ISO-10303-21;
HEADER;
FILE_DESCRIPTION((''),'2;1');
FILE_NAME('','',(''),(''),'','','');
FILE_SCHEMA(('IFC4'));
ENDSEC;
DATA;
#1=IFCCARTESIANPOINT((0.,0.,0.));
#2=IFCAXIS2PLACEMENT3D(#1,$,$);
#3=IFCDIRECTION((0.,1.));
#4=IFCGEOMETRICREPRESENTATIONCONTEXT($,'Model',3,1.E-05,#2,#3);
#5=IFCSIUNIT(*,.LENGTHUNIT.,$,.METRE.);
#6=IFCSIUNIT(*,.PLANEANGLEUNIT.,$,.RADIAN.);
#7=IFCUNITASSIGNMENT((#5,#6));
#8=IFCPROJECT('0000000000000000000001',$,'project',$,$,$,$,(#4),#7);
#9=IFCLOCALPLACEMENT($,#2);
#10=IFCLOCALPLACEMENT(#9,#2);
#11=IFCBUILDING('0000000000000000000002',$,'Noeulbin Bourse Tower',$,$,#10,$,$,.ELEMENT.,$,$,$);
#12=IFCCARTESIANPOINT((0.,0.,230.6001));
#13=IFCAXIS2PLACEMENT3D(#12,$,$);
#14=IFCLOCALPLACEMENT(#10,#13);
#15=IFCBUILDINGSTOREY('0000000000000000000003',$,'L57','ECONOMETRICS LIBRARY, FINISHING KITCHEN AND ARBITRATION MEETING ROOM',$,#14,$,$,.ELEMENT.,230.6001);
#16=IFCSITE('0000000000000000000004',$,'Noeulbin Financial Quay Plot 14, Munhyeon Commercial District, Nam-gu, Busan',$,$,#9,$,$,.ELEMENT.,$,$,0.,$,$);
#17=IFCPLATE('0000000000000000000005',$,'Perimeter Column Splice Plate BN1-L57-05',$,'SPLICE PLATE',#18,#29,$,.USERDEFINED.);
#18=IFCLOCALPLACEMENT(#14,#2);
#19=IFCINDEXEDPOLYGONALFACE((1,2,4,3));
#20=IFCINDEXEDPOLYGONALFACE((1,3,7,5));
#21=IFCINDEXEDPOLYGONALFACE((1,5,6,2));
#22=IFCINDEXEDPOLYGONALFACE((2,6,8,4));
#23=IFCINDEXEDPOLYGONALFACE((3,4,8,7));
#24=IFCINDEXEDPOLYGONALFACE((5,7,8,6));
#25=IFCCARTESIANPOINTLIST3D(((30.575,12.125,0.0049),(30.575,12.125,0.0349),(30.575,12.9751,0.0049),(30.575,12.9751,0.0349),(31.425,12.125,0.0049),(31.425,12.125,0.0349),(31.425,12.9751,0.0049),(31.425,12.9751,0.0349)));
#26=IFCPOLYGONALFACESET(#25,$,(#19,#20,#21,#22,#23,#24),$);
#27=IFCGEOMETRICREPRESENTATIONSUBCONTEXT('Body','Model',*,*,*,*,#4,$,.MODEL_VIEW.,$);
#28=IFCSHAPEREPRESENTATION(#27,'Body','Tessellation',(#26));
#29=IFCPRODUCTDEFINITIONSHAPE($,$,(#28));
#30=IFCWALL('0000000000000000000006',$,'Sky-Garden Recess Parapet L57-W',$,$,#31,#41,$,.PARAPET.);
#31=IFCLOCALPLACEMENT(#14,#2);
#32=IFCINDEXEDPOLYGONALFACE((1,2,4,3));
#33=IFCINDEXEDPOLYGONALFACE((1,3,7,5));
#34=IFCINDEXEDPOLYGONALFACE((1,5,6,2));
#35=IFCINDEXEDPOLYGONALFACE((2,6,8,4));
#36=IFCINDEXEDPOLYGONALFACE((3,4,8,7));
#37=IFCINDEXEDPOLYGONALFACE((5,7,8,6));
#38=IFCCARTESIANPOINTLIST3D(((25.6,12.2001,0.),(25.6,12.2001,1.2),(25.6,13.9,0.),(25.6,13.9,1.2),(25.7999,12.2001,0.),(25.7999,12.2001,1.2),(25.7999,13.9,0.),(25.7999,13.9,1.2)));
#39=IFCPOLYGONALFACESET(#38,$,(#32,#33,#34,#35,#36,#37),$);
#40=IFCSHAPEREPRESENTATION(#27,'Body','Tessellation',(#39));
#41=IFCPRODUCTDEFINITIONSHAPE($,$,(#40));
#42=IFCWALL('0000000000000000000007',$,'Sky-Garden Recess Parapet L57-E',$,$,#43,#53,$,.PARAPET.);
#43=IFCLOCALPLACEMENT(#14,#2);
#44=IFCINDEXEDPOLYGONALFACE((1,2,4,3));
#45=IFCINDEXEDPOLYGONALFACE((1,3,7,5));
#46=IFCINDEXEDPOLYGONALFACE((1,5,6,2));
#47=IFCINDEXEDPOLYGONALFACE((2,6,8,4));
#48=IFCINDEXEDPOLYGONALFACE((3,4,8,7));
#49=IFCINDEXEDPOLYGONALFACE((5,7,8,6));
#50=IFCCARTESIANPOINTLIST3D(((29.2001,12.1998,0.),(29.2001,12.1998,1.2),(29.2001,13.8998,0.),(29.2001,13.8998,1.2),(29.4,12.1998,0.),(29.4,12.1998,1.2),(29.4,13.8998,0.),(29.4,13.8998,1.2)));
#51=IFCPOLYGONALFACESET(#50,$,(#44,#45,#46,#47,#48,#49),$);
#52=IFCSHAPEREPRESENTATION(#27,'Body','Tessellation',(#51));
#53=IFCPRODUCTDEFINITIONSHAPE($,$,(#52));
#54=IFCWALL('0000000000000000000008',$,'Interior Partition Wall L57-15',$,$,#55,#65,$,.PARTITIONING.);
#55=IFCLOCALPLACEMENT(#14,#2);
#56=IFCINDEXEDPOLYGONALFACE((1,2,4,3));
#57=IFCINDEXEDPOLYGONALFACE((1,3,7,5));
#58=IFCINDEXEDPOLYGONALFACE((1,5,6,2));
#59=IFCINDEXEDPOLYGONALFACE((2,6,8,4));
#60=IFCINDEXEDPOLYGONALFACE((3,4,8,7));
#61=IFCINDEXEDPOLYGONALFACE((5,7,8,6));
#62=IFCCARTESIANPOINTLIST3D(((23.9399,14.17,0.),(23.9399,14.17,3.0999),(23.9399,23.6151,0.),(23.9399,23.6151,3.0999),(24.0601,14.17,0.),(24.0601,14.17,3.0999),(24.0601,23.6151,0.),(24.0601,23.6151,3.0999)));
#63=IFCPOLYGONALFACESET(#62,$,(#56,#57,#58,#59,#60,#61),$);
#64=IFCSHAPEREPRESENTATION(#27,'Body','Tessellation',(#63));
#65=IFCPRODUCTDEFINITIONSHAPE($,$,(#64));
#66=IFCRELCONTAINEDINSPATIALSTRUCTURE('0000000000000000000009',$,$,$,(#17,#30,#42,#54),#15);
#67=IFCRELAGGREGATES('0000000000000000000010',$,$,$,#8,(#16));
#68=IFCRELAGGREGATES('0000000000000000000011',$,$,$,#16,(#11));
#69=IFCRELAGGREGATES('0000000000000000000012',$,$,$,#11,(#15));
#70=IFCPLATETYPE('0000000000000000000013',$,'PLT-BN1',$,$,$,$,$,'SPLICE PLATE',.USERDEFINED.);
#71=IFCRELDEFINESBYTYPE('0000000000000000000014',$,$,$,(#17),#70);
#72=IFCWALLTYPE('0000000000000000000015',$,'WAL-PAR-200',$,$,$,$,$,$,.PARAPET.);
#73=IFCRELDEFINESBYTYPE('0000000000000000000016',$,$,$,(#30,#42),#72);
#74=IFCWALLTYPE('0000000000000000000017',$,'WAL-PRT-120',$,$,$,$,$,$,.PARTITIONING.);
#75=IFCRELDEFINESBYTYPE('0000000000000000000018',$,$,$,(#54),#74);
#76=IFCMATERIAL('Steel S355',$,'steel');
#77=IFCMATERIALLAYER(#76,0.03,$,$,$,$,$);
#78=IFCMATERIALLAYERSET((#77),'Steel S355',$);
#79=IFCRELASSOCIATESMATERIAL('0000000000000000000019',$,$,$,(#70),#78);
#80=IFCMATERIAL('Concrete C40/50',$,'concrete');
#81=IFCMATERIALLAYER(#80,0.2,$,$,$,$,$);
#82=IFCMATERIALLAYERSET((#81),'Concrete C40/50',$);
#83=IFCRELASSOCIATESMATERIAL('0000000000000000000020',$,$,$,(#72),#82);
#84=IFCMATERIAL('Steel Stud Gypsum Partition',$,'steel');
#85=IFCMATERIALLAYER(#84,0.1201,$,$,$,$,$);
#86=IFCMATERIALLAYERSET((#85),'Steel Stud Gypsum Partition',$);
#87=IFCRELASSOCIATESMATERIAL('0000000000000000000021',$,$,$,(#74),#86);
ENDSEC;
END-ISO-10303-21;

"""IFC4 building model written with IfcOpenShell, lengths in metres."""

from ifc_helpers import new_model, si_unit, direction, frame, frame_2d, origin, origin_2d, place, context, subcontext, project, spatial, rectangle, extrude, material, layer, layer_set, type_object, element, save


model = new_model("IFC4")

# Units and contexts
model_context = context("Model", 3, precision=1e-05, world=origin(), true_north=direction((0.0, 1.0)))
body_context = subcontext(model_context, "Body", "Model", "MODEL_VIEW")
ifc_project = project(units=[si_unit("LENGTHUNIT", "METRE"), si_unit("PLANEANGLEUNIT", "RADIAN")], contexts=[model_context])

# Site, building, storey
site_placement = place(None, origin())
site = spatial("IfcSite", under=ifc_project, at=site_placement, Name="Noeulbin Financial Quay Plot 14, Munhyeon Commercial District, Nam-gu, Busan", CompositionType="ELEMENT", RefElevation=0.0)
building_placement = place(site_placement, origin())
building = spatial("IfcBuilding", under=site, at=building_placement, Name="Noeulbin Bourse Tower", CompositionType="ELEMENT")
storey_placement = place(building_placement, frame((0.0, 0.0, 230.6001)))
storey = spatial("IfcBuildingStorey", under=building, at=storey_placement, Name="L57", Description="ECONOMETRICS LIBRARY, FINISHING KITCHEN AND ARBITRATION MEETING ROOM", CompositionType="ELEMENT", Elevation=230.6001)

# Shared definitions
ifc_material_1 = material(Name="Steel S355", Category="steel")

# Plate
ifc_layer_1 = layer(ifc_material_1, 0.03)
ifc_layer_set_1 = layer_set([ifc_layer_1], Name="Steel S355")
plate_type_1 = type_object("IfcPlateType", Name="PLT-BN1", ElementType="SPLICE PLATE", PredefinedType="USERDEFINED", material=ifc_layer_set_1)
for number, where, z_axis, x_axis, name in (
    (1, (31.0, 12.55, 0.0049), (0.0, 0.0, 1.0), (1.0, 0.0, 0.0), "Perimeter Column Splice Plate BN1-L57-05"),
):
    element("IfcPlate", number, at=place(storey_placement, frame(where, z_axis=z_axis, x_axis=x_axis)), inside=storey, type_object=plate_type_1, Name=name, ObjectType="SPLICE PLATE", PredefinedType="USERDEFINED", context=body_context, shape_type="SweptSolid", body=[
        extrude(rectangle(XDim=0.8501, YDim=0.8501, at=origin_2d()), origin(), (0.0, 0.0, 1.0), 0.03),
    ])

# Walls
ifc_material_2 = material(Name="Concrete C40/50", Category="concrete")
ifc_layer_2 = layer(ifc_material_2, 0.2)
ifc_layer_set_2 = layer_set([ifc_layer_2], Name="Concrete C40/50")
wall_type_1 = type_object("IfcWallType", Name="WAL-PAR-200", PredefinedType="PARAPET", material=ifc_layer_set_2)
for number, where, z_axis, x_axis, name in (
    (2, (25.7, 12.2, 0.0), (0.0, 0.0, 1.0), (0.0, 1.0, 0.0), "Sky-Garden Recess Parapet L57-W"),
    (3, (29.3, 13.8999, 0.0), (0.0, 0.0, 1.0), (0.0, -1.0, 0.0), "Sky-Garden Recess Parapet L57-E"),
):
    element("IfcWall", number, at=place(storey_placement, frame(where, z_axis=z_axis, x_axis=x_axis)), inside=storey, type_object=wall_type_1, Name=name, PredefinedType="PARAPET", context=body_context, shape_type="SweptSolid", body=[
        extrude(rectangle(XDim=1.7, YDim=0.2, at=frame_2d((0.8501, 0.0))), origin(), (0.0, 0.0, 1.0), 1.2),
    ])
ifc_material_3 = material(Name="Steel Stud Gypsum Partition", Category="steel")
ifc_layer_3 = layer(ifc_material_3, 0.1201)
ifc_layer_set_3 = layer_set([ifc_layer_3], Name="Steel Stud Gypsum Partition")
wall_type_2 = type_object("IfcWallType", Name="WAL-PRT-120", PredefinedType="PARTITIONING", material=ifc_layer_set_3)
wall_placement = place(storey_placement, frame((24.0, 14.1699, 0.0), z_axis=(0.0, 0.0, 1.0), x_axis=(0.0, 1.0, 0.0)))
element("IfcWall", 4, at=wall_placement, inside=storey, type_object=wall_type_2, Name="Interior Partition Wall L57-15", PredefinedType="PARTITIONING", context=body_context, shape_type="SweptSolid", body=[
    extrude(rectangle(XDim=9.4451, YDim=0.1201, at=frame_2d((4.7227, 0.0))), origin(), (0.0, 0.0, 1.0), 3.0999),
])

save(model, "model.ifc")
